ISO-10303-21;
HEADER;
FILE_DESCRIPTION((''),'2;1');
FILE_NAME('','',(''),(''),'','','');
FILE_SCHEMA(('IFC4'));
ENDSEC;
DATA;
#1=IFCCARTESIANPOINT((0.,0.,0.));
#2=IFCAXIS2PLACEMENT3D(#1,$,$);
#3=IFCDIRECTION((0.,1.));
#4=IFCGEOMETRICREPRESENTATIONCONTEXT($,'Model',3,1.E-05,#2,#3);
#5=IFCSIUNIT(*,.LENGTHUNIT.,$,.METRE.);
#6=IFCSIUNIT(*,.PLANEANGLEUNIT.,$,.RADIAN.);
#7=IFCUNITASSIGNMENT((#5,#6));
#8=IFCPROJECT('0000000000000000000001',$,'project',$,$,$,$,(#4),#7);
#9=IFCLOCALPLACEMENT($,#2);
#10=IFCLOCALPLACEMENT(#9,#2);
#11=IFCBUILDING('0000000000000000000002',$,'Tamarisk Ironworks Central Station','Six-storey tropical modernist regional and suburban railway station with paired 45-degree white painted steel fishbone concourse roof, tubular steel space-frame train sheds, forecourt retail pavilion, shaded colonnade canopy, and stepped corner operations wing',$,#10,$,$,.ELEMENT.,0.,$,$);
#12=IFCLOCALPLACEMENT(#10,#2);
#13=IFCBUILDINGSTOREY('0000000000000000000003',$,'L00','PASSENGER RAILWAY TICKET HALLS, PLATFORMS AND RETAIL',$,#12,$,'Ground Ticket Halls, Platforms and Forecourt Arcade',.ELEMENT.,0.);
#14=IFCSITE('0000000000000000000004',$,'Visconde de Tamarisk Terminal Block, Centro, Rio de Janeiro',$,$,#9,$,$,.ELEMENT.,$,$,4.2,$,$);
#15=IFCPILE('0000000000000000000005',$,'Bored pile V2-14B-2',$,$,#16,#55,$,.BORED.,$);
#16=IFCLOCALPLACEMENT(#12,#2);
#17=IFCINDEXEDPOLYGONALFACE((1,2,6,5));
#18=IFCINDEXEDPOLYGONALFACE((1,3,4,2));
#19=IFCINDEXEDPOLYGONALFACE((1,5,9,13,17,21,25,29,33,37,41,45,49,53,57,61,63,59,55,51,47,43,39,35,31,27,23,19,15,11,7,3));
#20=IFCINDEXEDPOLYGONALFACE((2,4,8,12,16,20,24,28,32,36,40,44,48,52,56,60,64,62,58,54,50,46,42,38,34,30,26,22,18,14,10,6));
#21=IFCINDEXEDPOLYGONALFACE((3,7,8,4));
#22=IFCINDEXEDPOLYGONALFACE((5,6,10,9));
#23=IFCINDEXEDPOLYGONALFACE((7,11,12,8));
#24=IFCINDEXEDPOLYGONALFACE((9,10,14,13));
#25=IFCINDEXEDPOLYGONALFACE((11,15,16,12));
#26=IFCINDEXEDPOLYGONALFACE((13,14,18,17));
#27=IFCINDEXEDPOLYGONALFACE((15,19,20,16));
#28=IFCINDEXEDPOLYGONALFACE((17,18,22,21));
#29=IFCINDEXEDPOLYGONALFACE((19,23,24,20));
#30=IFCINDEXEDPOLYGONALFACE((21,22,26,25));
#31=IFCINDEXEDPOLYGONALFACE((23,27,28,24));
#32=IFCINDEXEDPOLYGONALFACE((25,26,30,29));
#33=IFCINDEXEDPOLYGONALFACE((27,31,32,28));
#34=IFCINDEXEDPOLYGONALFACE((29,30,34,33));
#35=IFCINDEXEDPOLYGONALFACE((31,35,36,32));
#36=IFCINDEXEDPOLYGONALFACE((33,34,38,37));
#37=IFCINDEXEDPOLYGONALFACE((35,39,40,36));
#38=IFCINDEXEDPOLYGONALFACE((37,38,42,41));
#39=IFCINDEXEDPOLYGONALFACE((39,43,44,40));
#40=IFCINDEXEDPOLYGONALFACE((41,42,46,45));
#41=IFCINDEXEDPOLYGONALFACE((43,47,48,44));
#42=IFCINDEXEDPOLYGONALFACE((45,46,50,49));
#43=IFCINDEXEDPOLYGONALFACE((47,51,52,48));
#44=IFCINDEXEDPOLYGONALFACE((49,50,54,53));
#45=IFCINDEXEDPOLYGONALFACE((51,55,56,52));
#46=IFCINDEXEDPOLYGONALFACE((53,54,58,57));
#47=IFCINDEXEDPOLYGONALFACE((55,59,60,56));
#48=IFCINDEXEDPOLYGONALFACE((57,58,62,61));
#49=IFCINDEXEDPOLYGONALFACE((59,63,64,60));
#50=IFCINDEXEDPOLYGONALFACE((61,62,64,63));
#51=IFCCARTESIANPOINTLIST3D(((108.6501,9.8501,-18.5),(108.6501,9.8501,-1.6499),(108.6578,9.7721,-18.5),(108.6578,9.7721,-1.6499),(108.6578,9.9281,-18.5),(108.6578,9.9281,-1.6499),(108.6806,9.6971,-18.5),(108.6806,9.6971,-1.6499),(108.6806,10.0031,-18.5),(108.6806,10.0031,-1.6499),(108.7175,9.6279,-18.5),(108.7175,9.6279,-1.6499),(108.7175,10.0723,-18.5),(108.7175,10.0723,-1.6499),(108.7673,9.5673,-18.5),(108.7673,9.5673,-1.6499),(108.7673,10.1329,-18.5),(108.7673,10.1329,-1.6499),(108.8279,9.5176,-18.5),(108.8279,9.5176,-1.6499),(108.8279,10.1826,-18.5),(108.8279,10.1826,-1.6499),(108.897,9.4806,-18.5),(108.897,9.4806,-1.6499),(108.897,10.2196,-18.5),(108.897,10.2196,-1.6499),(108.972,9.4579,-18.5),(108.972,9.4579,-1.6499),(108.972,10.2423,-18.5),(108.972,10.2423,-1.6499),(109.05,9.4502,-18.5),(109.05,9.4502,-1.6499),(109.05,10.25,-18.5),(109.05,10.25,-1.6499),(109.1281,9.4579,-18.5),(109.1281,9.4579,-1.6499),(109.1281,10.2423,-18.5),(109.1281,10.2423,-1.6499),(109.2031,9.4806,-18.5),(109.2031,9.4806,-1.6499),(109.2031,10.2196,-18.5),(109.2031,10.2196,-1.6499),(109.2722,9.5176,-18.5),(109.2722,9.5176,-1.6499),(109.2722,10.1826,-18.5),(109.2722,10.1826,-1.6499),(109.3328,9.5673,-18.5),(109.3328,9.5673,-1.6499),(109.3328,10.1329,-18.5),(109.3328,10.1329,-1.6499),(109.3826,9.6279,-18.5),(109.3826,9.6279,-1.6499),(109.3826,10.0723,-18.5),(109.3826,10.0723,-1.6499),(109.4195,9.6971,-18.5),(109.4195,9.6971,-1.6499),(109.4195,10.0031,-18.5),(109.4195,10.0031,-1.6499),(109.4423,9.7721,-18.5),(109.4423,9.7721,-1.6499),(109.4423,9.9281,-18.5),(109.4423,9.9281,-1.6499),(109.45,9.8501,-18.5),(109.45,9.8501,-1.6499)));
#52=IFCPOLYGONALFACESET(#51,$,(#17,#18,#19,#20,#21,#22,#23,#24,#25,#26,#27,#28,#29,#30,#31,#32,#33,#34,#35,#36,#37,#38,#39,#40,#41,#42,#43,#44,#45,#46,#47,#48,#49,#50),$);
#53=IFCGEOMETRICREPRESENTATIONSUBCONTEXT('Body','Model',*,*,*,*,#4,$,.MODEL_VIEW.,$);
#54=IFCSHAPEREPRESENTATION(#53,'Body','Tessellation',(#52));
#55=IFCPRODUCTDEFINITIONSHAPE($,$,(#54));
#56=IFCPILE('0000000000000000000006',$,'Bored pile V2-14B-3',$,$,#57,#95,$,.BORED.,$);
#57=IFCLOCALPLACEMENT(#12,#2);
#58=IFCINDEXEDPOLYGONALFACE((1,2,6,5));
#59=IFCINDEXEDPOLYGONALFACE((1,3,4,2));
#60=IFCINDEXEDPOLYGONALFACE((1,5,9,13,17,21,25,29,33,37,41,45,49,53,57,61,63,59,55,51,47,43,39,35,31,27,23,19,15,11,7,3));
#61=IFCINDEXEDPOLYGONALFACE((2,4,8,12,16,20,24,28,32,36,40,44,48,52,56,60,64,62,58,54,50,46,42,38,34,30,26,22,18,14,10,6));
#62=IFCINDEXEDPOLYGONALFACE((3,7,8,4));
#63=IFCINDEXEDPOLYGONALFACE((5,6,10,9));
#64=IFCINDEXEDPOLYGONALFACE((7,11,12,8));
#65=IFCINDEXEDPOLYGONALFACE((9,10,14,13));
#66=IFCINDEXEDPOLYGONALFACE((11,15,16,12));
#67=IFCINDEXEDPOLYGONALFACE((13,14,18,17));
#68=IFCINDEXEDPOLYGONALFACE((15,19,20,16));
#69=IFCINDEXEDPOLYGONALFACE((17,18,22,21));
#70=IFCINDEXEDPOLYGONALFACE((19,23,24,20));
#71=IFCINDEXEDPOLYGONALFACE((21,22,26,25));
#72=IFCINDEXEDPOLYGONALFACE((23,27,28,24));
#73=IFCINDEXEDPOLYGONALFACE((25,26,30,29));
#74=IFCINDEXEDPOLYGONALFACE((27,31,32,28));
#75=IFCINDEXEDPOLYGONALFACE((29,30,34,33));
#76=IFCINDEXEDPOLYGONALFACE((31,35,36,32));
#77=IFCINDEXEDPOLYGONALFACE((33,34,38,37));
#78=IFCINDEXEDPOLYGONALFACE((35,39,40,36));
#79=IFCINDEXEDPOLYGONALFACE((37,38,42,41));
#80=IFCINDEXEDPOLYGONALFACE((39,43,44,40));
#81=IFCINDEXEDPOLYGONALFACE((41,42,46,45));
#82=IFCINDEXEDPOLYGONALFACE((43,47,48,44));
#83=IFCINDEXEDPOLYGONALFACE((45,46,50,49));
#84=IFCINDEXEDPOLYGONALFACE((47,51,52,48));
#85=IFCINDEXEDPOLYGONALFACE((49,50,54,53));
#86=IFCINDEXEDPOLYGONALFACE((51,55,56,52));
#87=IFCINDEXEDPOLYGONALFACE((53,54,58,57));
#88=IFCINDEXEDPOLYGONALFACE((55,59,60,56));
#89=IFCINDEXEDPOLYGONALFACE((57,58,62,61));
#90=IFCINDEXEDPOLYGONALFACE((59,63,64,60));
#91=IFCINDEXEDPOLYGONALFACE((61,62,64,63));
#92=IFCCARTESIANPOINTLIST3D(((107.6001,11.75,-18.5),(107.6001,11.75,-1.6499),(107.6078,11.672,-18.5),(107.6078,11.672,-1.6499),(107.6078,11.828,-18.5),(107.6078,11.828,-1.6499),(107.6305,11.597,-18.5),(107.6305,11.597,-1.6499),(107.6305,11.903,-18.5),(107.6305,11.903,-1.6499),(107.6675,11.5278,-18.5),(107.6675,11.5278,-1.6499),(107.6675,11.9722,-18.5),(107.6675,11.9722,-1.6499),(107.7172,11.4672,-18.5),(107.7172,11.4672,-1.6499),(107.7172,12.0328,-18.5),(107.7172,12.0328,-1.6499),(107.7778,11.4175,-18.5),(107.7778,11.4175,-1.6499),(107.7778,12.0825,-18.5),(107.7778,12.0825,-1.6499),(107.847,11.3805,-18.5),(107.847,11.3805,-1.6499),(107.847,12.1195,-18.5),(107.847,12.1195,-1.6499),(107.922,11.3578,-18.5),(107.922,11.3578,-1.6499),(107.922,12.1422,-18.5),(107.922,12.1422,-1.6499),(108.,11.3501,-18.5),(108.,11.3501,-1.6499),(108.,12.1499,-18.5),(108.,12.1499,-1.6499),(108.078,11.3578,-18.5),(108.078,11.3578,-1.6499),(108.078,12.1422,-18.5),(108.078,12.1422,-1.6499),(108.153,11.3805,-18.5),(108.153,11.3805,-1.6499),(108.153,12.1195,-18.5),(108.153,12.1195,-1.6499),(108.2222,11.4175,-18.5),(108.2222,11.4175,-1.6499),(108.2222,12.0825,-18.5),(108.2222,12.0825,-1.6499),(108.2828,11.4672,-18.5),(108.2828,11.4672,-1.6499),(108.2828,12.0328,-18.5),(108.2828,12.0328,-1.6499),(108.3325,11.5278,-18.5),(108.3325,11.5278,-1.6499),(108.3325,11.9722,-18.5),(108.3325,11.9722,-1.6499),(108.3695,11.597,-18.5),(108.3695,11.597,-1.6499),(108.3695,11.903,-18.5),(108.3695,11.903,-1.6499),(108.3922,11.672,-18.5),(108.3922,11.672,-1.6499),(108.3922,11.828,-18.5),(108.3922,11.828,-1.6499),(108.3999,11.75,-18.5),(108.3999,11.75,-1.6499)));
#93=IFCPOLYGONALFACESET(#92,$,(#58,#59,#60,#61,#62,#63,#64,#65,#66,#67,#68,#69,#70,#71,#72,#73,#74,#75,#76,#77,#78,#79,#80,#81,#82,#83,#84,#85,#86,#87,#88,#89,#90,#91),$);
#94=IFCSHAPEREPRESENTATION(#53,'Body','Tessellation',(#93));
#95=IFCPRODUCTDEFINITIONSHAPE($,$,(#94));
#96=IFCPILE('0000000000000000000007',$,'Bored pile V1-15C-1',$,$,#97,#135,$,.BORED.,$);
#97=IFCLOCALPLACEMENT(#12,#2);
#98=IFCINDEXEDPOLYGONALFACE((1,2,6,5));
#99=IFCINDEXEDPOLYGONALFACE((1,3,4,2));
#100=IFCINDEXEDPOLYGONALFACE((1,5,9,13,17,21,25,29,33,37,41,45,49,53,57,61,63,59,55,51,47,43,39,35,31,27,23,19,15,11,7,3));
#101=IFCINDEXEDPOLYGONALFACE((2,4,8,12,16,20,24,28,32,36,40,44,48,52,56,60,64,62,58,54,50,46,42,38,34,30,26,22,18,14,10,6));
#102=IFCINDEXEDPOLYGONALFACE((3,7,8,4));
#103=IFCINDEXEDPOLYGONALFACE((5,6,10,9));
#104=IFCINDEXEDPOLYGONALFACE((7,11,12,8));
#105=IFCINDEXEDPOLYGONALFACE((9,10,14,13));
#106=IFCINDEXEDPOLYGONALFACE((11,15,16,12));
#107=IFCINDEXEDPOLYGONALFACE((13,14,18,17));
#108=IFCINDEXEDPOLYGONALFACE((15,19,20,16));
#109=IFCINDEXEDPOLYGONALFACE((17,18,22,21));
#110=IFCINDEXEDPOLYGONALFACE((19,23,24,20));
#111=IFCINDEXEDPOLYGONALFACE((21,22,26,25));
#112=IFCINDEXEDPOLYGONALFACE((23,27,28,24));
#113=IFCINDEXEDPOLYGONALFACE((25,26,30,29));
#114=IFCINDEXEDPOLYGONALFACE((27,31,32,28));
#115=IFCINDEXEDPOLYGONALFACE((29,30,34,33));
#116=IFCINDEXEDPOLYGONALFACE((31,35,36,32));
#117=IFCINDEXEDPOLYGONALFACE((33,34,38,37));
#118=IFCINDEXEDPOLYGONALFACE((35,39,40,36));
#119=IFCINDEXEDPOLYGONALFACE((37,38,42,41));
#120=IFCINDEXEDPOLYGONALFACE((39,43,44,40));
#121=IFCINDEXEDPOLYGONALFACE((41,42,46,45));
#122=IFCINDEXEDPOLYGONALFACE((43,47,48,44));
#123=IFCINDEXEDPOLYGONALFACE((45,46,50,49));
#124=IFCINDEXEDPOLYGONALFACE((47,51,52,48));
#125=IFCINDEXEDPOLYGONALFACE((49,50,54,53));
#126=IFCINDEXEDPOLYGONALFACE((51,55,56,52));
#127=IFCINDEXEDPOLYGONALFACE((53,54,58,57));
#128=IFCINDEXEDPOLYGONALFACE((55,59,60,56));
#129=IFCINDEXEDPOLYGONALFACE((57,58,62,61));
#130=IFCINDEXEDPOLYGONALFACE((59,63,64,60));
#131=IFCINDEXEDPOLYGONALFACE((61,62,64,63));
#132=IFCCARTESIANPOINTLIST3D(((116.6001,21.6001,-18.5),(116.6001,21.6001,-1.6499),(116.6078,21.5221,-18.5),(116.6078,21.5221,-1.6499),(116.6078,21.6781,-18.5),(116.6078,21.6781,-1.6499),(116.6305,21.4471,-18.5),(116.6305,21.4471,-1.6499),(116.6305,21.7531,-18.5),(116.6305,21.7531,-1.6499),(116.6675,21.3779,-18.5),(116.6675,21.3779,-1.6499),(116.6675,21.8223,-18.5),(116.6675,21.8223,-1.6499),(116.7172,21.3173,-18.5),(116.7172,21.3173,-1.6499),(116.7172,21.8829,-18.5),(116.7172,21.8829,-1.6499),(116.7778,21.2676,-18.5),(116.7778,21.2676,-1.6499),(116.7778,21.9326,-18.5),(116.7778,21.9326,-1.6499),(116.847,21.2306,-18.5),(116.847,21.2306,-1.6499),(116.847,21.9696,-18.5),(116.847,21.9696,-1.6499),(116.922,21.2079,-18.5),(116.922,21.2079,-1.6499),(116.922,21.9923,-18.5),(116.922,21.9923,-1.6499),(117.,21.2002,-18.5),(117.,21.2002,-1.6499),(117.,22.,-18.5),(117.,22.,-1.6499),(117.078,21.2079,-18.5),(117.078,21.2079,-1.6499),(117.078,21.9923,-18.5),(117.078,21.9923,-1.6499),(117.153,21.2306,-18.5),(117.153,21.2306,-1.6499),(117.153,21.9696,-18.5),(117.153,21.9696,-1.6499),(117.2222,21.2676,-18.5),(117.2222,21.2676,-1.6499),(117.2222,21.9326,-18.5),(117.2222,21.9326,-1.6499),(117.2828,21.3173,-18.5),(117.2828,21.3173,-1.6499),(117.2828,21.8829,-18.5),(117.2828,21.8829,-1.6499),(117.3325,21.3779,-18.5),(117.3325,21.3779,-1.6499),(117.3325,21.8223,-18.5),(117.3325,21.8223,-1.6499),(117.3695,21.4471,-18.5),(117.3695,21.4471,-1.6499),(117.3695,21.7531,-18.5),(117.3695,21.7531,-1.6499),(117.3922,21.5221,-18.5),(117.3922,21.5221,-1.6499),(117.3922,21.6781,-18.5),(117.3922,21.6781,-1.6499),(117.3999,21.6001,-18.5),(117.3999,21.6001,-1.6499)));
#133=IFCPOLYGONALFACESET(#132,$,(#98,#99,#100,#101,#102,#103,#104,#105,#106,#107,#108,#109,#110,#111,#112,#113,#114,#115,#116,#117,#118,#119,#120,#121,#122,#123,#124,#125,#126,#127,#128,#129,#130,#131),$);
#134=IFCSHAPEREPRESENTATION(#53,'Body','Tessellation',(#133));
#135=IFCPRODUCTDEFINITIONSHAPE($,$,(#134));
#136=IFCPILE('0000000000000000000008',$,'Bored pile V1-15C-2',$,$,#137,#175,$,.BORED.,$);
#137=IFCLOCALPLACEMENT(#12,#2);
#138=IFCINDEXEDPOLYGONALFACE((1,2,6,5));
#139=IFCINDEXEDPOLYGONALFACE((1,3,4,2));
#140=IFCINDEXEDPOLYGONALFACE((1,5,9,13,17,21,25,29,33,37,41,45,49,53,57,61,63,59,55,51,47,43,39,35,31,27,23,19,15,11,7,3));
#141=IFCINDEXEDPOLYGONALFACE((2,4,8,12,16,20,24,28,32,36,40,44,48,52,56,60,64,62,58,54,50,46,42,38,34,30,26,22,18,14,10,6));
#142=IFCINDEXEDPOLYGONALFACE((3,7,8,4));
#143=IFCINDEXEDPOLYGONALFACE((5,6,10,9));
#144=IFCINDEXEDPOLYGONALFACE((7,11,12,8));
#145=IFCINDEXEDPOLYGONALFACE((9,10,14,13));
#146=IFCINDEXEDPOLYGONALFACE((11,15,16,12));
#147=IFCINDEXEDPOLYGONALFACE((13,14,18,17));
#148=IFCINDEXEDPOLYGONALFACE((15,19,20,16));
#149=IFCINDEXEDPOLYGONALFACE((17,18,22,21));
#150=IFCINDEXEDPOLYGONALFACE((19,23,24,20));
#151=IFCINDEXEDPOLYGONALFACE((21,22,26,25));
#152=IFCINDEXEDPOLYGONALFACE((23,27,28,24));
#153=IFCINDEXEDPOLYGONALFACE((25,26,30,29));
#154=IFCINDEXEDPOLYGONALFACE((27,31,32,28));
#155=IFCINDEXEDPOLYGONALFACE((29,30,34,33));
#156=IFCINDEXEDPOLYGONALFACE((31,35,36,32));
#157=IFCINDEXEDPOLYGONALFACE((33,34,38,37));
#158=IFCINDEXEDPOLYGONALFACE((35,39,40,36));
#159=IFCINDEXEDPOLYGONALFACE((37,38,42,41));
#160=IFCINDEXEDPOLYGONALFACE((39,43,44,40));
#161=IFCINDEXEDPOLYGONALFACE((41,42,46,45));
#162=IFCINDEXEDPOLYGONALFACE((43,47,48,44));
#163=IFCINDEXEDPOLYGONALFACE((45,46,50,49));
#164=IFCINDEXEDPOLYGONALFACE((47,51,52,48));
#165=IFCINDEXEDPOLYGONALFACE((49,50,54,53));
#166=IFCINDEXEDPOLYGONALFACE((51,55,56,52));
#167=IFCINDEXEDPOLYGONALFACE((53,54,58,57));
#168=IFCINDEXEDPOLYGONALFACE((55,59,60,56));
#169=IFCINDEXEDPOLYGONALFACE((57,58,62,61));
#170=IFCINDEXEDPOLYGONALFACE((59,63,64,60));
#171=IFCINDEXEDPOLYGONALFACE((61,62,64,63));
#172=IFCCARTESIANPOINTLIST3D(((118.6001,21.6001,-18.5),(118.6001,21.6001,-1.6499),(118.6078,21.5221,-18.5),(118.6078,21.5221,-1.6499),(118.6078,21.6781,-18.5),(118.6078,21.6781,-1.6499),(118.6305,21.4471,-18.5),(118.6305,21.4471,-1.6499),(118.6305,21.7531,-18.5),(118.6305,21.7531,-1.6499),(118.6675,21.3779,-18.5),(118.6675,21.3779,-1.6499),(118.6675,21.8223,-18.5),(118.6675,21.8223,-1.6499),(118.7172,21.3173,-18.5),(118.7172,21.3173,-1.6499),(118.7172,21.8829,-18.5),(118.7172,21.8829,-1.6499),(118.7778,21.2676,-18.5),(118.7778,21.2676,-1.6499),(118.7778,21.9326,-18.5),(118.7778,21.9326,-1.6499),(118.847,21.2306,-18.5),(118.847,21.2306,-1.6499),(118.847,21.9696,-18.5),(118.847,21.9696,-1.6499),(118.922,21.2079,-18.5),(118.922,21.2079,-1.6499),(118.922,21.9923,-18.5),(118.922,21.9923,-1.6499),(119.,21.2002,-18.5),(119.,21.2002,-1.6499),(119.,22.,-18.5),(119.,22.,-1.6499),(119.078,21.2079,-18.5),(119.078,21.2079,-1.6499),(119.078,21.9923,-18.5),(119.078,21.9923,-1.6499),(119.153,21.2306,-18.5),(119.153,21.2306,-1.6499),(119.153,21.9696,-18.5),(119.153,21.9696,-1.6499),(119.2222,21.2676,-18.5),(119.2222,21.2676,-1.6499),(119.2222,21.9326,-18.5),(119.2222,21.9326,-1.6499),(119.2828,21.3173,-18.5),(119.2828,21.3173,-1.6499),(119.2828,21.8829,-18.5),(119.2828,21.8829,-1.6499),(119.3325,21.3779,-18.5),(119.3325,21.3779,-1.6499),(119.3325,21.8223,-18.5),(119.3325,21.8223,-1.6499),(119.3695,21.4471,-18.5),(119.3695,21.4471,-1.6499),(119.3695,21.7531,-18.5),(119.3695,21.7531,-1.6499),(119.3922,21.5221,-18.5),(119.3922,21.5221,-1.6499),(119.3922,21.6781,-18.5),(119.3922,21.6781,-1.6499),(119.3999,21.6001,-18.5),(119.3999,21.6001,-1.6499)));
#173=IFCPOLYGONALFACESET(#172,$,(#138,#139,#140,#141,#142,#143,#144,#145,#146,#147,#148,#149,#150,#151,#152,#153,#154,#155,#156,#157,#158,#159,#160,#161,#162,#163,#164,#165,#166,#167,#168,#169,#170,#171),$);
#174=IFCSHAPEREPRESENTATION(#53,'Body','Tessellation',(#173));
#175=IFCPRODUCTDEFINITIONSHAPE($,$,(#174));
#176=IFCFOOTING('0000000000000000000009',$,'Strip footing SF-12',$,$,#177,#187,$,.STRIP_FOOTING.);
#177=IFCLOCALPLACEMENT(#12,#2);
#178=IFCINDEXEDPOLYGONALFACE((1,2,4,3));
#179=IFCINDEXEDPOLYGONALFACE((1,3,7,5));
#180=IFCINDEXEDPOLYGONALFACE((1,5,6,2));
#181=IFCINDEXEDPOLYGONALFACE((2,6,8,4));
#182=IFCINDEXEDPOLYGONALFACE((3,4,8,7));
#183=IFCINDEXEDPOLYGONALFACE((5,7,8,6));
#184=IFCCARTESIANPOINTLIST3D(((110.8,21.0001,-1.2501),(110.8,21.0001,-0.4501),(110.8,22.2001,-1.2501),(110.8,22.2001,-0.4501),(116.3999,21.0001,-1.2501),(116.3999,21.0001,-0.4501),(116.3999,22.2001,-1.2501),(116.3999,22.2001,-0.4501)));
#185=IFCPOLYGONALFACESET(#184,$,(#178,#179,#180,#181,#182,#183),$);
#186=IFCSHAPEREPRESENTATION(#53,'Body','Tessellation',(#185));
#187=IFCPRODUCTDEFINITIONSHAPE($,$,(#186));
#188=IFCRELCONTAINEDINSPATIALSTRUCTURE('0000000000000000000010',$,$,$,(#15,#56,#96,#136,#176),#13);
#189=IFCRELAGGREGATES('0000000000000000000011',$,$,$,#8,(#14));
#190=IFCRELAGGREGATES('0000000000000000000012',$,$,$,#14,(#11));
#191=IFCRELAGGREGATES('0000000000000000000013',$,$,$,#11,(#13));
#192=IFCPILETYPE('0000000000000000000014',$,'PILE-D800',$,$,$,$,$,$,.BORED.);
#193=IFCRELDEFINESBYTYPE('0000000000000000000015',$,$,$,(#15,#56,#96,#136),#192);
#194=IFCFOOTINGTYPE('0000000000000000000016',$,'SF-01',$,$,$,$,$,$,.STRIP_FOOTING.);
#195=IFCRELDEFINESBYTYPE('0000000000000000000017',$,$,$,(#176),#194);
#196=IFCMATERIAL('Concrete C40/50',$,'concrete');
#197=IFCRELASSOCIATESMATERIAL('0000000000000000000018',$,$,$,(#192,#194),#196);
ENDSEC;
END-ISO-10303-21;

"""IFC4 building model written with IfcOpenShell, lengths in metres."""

from ifc_helpers import new_model, si_unit, direction, frame, origin, origin_2d, place, context, subcontext, project, spatial, rectangle, circle, extrude, material, material_profile, profile_set, type_object, element, save


model = new_model("IFC4")

# Units and contexts
model_context = context("Model", 3, precision=1e-05, world=origin(), true_north=direction((0.0, 1.0)))
body_context = subcontext(model_context, "Body", "Model", "MODEL_VIEW")
ifc_project = project(units=[si_unit("LENGTHUNIT", "METRE"), si_unit("PLANEANGLEUNIT", "RADIAN")], contexts=[model_context])

# Site, building, storey
site_placement = place(None, origin())
site = spatial("IfcSite", under=ifc_project, at=site_placement, Name="Visconde de Tamarisk Terminal Block, Centro, Rio de Janeiro", CompositionType="ELEMENT", RefElevation=4.2)
building_placement = place(site_placement, origin())
building = spatial("IfcBuilding", under=site, at=building_placement, Name="Tamarisk Ironworks Central Station", Description="Six-storey tropical modernist regional and suburban railway station with paired 45-degree white painted steel fishbone concourse roof, tubular steel space-frame train sheds, forecourt retail pavilion, shaded colonnade canopy, and stepped corner operations wing", CompositionType="ELEMENT", ElevationOfRefHeight=0.0)
storey_placement = place(building_placement, origin())
storey = spatial("IfcBuildingStorey", under=building, at=storey_placement, Name="L00", Description="PASSENGER RAILWAY TICKET HALLS, PLATFORMS AND RETAIL", LongName="Ground Ticket Halls, Platforms and Forecourt Arcade", CompositionType="ELEMENT", Elevation=0.0)

# Shared definitions
ifc_material_1 = material(Name="Concrete C40/50", Category="concrete")

# Piles
ifc_material_profile_1 = material_profile(ifc_material_1, circle(Radius=0.3999, at=origin_2d()), Name="BORED PILE D800")
ifc_profile_set_1 = profile_set([ifc_material_profile_1], Name="Concrete C40/50")
pile_type_1 = type_object("IfcPileType", Name="PILE-D800", PredefinedType="BORED", material=ifc_profile_set_1)
for number, where, z_axis, x_axis, name in (
    (1, (109.05, 9.8501, -1.6499), (0.0, 0.0, -1.0), (1.0, 0.0, 0.0), "Bored pile V2-14B-2"),
    (2, (108.0, 11.75, -1.6499), (0.0, 0.0, -1.0), (1.0, 0.0, 0.0), "Bored pile V2-14B-3"),
    (3, (117.0, 21.6001, -1.6499), (0.0, 0.0, -1.0), (1.0, 0.0, 0.0), "Bored pile V1-15C-1"),
    (4, (119.0, 21.6001, -1.6499), (0.0, 0.0, -1.0), (1.0, 0.0, 0.0), "Bored pile V1-15C-2"),
):
    element("IfcPile", number, at=place(storey_placement, frame(where, z_axis=z_axis, x_axis=x_axis)), inside=storey, type_object=pile_type_1, Name=name, PredefinedType="BORED", context=body_context, shape_type="SweptSolid", body=[
        extrude(circle(Radius=0.3999, at=origin_2d()), origin(), (0.0, 0.0, 1.0), 16.8501),
    ])

# Footing
ifc_material_profile_2 = material_profile(ifc_material_1, rectangle(XDim=1.2, YDim=0.8, at=origin_2d()), Name="SF01 1200x800")
ifc_profile_set_2 = profile_set([ifc_material_profile_2], Name="Concrete C40/50")
footing_type_1 = type_object("IfcFootingType", Name="SF-01", PredefinedType="STRIP_FOOTING", material=ifc_profile_set_2)
footing_1_placement = place(storey_placement, frame((110.8, 21.6001, -0.8501), z_axis=(1.0, 0.0, 0.0), x_axis=(0.0, 1.0, 0.0)))
element("IfcFooting", 5, at=footing_1_placement, inside=storey, type_object=footing_type_1, Name="Strip footing SF-12", PredefinedType="STRIP_FOOTING", context=body_context, shape_type="SweptSolid", body=[
    extrude(rectangle(XDim=1.2, YDim=0.8, at=origin_2d()), origin(), (0.0, 0.0, 1.0), 5.5999),
])

save(model, "model.ifc")
